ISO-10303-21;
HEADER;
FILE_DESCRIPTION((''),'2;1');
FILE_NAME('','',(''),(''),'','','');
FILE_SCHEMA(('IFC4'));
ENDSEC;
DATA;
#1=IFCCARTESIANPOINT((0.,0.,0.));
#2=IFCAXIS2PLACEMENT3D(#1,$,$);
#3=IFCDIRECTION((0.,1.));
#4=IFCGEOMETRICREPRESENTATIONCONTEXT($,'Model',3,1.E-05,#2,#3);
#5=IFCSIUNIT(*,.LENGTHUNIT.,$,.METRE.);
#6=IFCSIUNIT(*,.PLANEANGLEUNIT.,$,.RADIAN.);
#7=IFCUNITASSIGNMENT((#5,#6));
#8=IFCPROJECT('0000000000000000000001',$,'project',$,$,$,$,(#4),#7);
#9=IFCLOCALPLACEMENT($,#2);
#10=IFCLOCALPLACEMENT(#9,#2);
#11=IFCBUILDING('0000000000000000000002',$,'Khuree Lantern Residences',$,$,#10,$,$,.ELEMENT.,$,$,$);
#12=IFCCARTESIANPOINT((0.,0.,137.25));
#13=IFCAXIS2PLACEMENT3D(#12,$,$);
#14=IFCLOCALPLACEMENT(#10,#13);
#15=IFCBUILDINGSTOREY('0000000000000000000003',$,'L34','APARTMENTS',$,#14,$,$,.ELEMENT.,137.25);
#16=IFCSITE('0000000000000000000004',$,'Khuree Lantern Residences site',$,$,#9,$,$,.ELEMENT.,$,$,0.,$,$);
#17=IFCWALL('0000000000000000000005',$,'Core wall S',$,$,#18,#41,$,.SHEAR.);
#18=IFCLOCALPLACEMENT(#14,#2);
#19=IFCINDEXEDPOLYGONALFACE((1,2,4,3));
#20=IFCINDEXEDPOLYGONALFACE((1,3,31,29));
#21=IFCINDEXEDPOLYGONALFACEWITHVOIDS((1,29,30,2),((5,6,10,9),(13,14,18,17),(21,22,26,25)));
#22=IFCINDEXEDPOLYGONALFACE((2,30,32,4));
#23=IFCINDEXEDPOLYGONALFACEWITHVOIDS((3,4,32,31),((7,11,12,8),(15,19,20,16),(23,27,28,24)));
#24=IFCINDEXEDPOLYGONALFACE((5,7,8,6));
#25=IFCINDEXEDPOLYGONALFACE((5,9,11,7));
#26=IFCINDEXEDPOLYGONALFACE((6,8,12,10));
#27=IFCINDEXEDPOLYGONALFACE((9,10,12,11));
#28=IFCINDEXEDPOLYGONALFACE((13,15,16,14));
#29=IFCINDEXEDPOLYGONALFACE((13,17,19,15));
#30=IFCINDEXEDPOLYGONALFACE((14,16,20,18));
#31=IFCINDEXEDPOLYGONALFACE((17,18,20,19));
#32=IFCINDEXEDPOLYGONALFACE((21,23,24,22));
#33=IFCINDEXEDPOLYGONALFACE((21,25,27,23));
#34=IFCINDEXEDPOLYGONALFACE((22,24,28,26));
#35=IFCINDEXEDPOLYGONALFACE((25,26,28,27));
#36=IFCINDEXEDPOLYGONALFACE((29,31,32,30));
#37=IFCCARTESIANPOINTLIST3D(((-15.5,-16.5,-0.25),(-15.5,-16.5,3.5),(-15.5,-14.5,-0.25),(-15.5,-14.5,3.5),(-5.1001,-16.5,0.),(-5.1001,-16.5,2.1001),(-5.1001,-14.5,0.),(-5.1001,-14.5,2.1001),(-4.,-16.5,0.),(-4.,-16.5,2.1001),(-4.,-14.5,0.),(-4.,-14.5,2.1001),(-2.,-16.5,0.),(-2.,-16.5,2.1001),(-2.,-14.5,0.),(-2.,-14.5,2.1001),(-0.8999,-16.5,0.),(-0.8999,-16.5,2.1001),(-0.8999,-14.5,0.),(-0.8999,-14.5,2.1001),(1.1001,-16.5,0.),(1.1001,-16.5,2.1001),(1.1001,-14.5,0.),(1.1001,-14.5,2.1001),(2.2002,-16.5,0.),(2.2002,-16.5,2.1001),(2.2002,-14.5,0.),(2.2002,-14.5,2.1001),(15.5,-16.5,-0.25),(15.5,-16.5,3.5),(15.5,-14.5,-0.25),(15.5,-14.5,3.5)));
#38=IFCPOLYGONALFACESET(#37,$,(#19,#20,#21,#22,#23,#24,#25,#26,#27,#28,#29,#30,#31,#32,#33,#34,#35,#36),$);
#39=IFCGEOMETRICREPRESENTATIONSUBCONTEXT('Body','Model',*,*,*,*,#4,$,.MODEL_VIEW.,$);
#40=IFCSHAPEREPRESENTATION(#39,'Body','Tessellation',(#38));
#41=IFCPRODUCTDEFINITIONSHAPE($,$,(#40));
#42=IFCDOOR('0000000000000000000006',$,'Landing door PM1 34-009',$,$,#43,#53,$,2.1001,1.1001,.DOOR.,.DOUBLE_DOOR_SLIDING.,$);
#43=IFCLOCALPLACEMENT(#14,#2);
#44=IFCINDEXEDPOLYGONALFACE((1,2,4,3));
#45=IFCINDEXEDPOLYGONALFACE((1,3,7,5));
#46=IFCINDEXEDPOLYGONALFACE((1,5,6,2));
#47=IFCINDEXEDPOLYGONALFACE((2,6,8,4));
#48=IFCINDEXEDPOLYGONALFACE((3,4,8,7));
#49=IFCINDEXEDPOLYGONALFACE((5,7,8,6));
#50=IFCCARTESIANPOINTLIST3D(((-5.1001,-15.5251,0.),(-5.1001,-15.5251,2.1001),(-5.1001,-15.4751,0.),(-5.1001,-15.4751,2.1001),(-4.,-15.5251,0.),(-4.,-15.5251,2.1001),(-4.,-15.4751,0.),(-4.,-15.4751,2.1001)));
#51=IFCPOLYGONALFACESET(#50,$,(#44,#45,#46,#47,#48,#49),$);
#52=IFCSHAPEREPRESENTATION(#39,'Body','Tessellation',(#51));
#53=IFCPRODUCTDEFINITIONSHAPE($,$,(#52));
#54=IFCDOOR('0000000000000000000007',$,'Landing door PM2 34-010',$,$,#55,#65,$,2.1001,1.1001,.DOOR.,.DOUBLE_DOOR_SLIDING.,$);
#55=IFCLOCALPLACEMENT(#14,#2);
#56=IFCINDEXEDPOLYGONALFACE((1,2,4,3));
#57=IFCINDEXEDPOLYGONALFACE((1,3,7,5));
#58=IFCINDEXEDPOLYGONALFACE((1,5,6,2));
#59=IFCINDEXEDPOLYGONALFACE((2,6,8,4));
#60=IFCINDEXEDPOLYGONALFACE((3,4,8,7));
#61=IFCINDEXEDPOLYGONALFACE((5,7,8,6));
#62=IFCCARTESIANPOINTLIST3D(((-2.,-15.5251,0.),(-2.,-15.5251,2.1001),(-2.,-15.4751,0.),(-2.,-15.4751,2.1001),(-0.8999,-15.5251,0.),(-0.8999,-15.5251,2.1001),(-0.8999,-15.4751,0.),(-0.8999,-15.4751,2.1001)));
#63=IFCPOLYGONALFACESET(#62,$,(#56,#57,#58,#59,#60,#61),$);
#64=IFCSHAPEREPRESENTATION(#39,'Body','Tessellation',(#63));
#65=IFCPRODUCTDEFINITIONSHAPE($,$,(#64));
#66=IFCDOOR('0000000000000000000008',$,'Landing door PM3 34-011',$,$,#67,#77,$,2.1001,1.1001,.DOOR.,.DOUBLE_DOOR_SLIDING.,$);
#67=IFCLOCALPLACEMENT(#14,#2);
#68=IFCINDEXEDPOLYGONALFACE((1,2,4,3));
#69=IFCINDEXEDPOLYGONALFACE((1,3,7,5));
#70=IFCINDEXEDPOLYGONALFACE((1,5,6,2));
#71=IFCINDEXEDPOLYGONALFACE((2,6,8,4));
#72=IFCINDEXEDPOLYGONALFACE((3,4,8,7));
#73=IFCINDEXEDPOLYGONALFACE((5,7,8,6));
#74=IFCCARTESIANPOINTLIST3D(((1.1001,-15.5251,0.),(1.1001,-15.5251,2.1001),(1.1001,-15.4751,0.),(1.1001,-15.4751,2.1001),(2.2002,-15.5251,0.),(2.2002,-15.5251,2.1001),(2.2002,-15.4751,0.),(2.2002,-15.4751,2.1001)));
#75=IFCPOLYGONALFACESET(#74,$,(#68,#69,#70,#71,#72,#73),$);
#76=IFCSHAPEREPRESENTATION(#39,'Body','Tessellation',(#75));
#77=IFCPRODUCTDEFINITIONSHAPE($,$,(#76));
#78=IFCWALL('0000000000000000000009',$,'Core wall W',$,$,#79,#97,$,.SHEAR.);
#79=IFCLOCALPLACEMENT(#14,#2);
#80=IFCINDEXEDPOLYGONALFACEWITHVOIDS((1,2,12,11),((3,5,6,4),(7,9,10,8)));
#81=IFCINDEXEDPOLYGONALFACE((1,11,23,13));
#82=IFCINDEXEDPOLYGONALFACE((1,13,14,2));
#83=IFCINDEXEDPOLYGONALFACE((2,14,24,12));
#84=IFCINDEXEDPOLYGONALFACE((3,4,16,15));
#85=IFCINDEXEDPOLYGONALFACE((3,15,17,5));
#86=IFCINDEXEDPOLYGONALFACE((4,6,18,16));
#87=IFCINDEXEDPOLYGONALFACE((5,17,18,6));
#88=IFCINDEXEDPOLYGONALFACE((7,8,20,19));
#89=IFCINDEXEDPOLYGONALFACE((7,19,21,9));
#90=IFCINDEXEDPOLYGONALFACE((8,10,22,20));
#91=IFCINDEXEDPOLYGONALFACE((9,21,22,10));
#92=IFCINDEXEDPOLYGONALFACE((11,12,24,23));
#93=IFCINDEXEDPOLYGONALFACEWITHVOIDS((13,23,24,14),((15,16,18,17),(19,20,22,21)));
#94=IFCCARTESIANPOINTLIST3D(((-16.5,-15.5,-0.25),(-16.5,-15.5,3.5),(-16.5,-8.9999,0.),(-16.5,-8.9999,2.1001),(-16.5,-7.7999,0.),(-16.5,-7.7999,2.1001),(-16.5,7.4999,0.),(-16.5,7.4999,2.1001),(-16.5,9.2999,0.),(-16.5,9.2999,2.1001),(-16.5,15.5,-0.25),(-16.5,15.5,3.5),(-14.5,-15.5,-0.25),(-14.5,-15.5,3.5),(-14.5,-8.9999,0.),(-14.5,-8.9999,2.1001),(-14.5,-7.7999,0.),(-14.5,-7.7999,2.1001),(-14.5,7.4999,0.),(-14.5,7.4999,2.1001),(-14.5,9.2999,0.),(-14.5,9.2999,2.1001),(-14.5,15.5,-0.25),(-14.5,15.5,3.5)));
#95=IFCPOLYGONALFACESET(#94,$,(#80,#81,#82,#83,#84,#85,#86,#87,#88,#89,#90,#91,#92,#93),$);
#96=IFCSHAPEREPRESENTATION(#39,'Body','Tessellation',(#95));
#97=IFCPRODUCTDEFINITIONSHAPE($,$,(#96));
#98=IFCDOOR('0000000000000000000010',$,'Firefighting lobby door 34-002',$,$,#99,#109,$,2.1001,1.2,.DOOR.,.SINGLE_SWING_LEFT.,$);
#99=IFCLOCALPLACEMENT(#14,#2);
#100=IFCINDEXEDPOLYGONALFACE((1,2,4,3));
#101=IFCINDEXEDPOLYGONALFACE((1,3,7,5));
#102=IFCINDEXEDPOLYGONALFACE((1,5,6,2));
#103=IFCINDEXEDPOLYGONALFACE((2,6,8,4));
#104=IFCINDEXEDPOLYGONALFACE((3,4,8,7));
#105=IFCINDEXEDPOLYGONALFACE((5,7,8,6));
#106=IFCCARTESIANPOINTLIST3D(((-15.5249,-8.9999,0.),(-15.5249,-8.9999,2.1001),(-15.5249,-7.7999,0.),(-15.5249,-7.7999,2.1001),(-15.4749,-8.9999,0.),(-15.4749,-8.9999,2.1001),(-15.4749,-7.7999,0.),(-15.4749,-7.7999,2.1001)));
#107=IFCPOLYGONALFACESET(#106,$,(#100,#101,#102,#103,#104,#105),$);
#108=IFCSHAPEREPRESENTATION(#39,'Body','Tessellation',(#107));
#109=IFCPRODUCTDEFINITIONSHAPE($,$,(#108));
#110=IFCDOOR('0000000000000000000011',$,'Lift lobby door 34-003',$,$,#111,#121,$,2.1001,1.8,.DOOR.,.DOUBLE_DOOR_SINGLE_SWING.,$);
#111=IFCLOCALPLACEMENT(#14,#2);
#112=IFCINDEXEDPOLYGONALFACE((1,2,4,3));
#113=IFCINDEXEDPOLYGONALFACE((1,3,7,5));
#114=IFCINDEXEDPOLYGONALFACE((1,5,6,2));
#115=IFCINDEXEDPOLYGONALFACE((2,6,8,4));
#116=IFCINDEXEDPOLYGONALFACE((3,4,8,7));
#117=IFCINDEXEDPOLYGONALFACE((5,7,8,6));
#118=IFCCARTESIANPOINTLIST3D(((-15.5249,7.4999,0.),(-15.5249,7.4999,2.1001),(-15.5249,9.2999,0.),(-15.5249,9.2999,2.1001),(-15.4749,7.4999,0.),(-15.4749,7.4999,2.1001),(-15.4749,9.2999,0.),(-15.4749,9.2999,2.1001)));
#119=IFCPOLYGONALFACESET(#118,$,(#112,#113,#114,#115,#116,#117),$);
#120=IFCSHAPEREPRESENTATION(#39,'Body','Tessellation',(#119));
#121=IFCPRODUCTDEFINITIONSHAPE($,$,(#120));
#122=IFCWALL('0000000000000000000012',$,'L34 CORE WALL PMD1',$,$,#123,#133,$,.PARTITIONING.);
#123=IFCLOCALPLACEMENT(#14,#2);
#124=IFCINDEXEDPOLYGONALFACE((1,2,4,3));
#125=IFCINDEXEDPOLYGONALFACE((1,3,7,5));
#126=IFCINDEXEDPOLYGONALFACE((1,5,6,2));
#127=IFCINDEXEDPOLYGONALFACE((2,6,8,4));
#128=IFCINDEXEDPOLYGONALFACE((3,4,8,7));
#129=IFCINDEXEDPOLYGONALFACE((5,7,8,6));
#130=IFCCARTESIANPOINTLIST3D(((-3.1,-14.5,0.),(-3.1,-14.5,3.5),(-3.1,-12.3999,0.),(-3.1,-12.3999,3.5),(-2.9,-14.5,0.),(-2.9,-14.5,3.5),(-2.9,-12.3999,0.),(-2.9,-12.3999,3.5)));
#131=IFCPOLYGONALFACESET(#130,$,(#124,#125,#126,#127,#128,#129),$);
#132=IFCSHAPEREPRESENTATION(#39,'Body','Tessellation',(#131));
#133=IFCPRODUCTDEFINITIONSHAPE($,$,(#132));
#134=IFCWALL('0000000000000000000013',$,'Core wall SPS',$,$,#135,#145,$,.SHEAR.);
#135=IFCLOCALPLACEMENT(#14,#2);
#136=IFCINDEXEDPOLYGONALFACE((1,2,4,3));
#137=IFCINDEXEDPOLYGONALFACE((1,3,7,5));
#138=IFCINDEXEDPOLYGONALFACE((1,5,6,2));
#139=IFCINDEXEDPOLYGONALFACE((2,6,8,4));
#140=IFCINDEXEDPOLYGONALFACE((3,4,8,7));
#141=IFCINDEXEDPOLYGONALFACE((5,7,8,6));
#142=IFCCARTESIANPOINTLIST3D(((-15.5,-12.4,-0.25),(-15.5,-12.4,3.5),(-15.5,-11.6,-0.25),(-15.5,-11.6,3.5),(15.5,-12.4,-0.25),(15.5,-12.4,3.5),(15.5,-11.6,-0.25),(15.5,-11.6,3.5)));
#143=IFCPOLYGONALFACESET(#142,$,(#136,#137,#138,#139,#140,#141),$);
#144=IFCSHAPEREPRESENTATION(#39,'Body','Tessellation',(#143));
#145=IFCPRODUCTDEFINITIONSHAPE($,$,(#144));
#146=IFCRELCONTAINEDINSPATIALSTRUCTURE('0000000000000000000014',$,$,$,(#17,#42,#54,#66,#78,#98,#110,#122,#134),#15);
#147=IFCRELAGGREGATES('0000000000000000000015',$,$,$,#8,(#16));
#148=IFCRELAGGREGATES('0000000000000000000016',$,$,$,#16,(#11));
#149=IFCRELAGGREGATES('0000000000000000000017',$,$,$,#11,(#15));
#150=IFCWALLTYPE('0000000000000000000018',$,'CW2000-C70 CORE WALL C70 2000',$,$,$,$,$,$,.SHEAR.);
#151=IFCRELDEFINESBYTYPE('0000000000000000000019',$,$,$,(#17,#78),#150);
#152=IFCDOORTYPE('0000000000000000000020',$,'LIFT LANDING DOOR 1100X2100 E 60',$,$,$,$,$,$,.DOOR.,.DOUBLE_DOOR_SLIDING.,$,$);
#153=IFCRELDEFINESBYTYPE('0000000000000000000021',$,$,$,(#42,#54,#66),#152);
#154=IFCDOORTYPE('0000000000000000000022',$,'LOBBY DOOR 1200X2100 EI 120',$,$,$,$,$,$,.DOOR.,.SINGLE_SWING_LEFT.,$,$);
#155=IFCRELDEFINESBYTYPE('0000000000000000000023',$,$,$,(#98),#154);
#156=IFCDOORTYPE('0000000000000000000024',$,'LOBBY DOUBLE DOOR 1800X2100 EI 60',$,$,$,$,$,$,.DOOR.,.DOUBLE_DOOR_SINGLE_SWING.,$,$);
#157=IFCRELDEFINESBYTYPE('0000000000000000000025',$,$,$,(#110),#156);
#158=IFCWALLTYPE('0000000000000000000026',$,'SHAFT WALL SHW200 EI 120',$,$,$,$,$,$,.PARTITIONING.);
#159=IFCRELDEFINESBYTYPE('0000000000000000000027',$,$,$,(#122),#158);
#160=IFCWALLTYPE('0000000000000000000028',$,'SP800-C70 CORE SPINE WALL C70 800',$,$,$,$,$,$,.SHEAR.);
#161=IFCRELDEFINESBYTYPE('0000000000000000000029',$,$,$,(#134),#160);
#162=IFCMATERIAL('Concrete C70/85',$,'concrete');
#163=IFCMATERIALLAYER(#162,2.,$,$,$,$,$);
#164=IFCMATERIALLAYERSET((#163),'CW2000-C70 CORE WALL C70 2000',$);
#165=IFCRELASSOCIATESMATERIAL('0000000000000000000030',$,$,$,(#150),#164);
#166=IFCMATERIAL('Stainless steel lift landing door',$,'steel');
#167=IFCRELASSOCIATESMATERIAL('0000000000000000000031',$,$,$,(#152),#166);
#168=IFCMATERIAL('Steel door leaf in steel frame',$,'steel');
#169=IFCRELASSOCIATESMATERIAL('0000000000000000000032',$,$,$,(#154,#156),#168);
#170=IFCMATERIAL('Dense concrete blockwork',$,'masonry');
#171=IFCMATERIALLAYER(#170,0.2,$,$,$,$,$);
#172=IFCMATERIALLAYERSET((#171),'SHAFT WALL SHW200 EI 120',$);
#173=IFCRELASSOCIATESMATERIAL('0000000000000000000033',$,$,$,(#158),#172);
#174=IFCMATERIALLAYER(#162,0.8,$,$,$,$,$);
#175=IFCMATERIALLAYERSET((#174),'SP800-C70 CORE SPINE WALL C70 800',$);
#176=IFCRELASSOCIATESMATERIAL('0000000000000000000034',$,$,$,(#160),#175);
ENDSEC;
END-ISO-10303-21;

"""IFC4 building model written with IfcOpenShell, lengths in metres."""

from ifc_helpers import new_model, si_unit, direction, frame, frame_2d, origin, place, context, subcontext, project, spatial, rectangle, extrude, material, layer, layer_set, type_object, element, fill, save


model = new_model("IFC4")

# Units and contexts
model_context = context("Model", 3, precision=1e-05, world=origin(), true_north=direction((0.0, 1.0)))
body_context = subcontext(model_context, "Body", "Model", "MODEL_VIEW")
ifc_project = project(units=[si_unit("LENGTHUNIT", "METRE"), si_unit("PLANEANGLEUNIT", "RADIAN")], contexts=[model_context])

# Site, building, storey
site_placement = place(None, origin())
site = spatial("IfcSite", under=ifc_project, at=site_placement, Name="Khuree Lantern Residences site", CompositionType="ELEMENT", RefElevation=0.0)
building_placement = place(site_placement, origin())
building = spatial("IfcBuilding", under=site, at=building_placement, Name="Khuree Lantern Residences", CompositionType="ELEMENT")
storey_placement = place(building_placement, frame((0.0, 0.0, 137.25)))
storey = spatial("IfcBuildingStorey", under=building, at=storey_placement, Name="L34", Description="APARTMENTS", CompositionType="ELEMENT", Elevation=137.25)

# Shared definitions
ifc_material_1 = material(Name="Concrete C70/85", Category="concrete")

# Shared definitions
ifc_material_2 = material(Name="Dense concrete blockwork", Category="masonry")
ifc_material_3 = material(Name="Stainless steel lift landing door", Category="steel")

# Walls, openings, doors
ifc_layer_1 = layer(ifc_material_1, 2.0)
ifc_layer_set_1 = layer_set([ifc_layer_1], Name="CW2000-C70 CORE WALL C70 2000")
wall_type_1 = type_object("IfcWallType", Name="CW2000-C70 CORE WALL C70 2000", PredefinedType="SHEAR", material=ifc_layer_set_1)
wall_1_placement = place(storey_placement, frame((-15.5, -15.5, -0.25), z_axis=(0.0, 0.0, 1.0), x_axis=(1.0, 0.0, 0.0)))
wall_1 = element("IfcWall", 1, at=wall_1_placement, inside=storey, type_object=wall_type_1, Name="Core wall S", PredefinedType="SHEAR", context=body_context, shape_type="SweptSolid", body=[
    extrude(rectangle(XDim=31.0, YDim=2.0, at=frame_2d((15.5, 0.0))), origin(), (0.0, 0.0, 1.0), 3.75),
])
opening_1_placement = place(wall_1_placement, frame((10.3999, 0.0, 0.25)))
opening_1 = element("IfcOpeningElement", 2, at=opening_1_placement, cuts=wall_1, PredefinedType="OPENING", context=body_context, shape_type="SweptSolid", body=[
    extrude(rectangle(XDim=1.1001, YDim=2.1001, at=frame_2d((0.55, 1.05))), frame((0.0, 1.01, 0.0), z_axis=(0.0, -1.0, 0.0), x_axis=(1.0, 0.0, 0.0)), (0.0, 0.0, 1.0), 2.02),
])
opening_2_placement = place(wall_1_placement, frame((13.5, 0.0, 0.25)))
opening_2 = element("IfcOpeningElement", 3, at=opening_2_placement, cuts=wall_1, PredefinedType="OPENING", context=body_context, shape_type="SweptSolid", body=[
    extrude(rectangle(XDim=1.1001, YDim=2.1001, at=frame_2d((0.55, 1.05))), frame((0.0, 1.01, 0.0), z_axis=(0.0, -1.0, 0.0), x_axis=(1.0, 0.0, 0.0)), (0.0, 0.0, 1.0), 2.02),
])
opening_3_placement = place(wall_1_placement, frame((16.6001, 0.0, 0.25)))
opening_3 = element("IfcOpeningElement", 4, at=opening_3_placement, cuts=wall_1, PredefinedType="OPENING", context=body_context, shape_type="SweptSolid", body=[
    extrude(rectangle(XDim=1.1001, YDim=2.1001, at=frame_2d((0.55, 1.05))), frame((0.0, 1.01, 0.0), z_axis=(0.0, -1.0, 0.0), x_axis=(1.0, 0.0, 0.0)), (0.0, 0.0, 1.0), 2.02),
])
door_type_1 = type_object("IfcDoorType", Name="LIFT LANDING DOOR 1100X2100 E 60", OperationType="DOUBLE_DOOR_SLIDING", PredefinedType="DOOR", material=ifc_material_3)
door_1_placement = place(opening_1_placement, origin())
door_1 = element("IfcDoor", 5, at=door_1_placement, inside=storey, type_object=door_type_1, Name="Landing door PM1 34-009", OperationType="DOUBLE_DOOR_SLIDING", OverallHeight=2.1001, OverallWidth=1.1001, PredefinedType="DOOR", context=body_context, shape_type="SweptSolid", body=[
    extrude(rectangle(XDim=1.1001, YDim=2.1001, at=frame_2d((0.55, 1.05))), frame((0.0, 0.0249, 0.0), z_axis=(0.0, -1.0, 0.0), x_axis=(1.0, 0.0, 0.0)), (0.0, 0.0, 1.0), 0.05),
])
fill(opening_1, door_1)
door_2_placement = place(opening_2_placement, origin())
door_2 = element("IfcDoor", 6, at=door_2_placement, inside=storey, type_object=door_type_1, Name="Landing door PM2 34-010", OperationType="DOUBLE_DOOR_SLIDING", OverallHeight=2.1001, OverallWidth=1.1001, PredefinedType="DOOR", context=body_context, shape_type="SweptSolid", body=[
    extrude(rectangle(XDim=1.1001, YDim=2.1001, at=frame_2d((0.55, 1.05))), frame((0.0, 0.0249, 0.0), z_axis=(0.0, -1.0, 0.0), x_axis=(1.0, 0.0, 0.0)), (0.0, 0.0, 1.0), 0.05),
])
fill(opening_2, door_2)
door_3_placement = place(opening_3_placement, origin())
door_3 = element("IfcDoor", 7, at=door_3_placement, inside=storey, type_object=door_type_1, Name="Landing door PM3 34-011", OperationType="DOUBLE_DOOR_SLIDING", OverallHeight=2.1001, OverallWidth=1.1001, PredefinedType="DOOR", context=body_context, shape_type="SweptSolid", body=[
    extrude(rectangle(XDim=1.1001, YDim=2.1001, at=frame_2d((0.55, 1.05))), frame((0.0, 0.0249, 0.0), z_axis=(0.0, -1.0, 0.0), x_axis=(1.0, 0.0, 0.0)), (0.0, 0.0, 1.0), 0.05),
])
fill(opening_3, door_3)
wall_2_placement = place(storey_placement, frame((-15.5, -15.5, -0.25), z_axis=(0.0, 0.0, 1.0), x_axis=(0.0, 1.0, 0.0)))
wall_2 = element("IfcWall", 8, at=wall_2_placement, inside=storey, type_object=wall_type_1, Name="Core wall W", PredefinedType="SHEAR", context=body_context, shape_type="SweptSolid", body=[
    extrude(rectangle(XDim=31.0, YDim=2.0, at=frame_2d((15.5, 0.0))), origin(), (0.0, 0.0, 1.0), 3.75),
])
opening_4_placement = place(wall_2_placement, frame((6.5, 0.0, 0.25)))
opening_4 = element("IfcOpeningElement", 9, at=opening_4_placement, cuts=wall_2, PredefinedType="OPENING", context=body_context, shape_type="SweptSolid", body=[
    extrude(rectangle(XDim=1.2, YDim=2.1001, at=frame_2d((0.6001, 1.05))), frame((0.0, 1.01, 0.0), z_axis=(0.0, -1.0, 0.0), x_axis=(1.0, 0.0, 0.0)), (0.0, 0.0, 1.0), 2.02),
])
opening_5_placement = place(wall_2_placement, frame((23.0, 0.0, 0.25)))
opening_5 = element("IfcOpeningElement", 10, at=opening_5_placement, cuts=wall_2, PredefinedType="OPENING", context=body_context, shape_type="SweptSolid", body=[
    extrude(rectangle(XDim=1.8, YDim=2.1001, at=frame_2d((0.8999, 1.05))), frame((0.0, 1.01, 0.0), z_axis=(0.0, -1.0, 0.0), x_axis=(1.0, 0.0, 0.0)), (0.0, 0.0, 1.0), 2.02),
])
ifc_material_4 = material(Name="Steel door leaf in steel frame", Category="steel")
door_type_2 = type_object("IfcDoorType", Name="LOBBY DOOR 1200X2100 EI 120", OperationType="SINGLE_SWING_LEFT", PredefinedType="DOOR", material=ifc_material_4)
door_4_placement = place(opening_4_placement, origin())
door_4 = element("IfcDoor", 11, at=door_4_placement, inside=storey, type_object=door_type_2, Name="Firefighting lobby door 34-002", OperationType="SINGLE_SWING_LEFT", OverallHeight=2.1001, OverallWidth=1.2, PredefinedType="DOOR", context=body_context, shape_type="SweptSolid", body=[
    extrude(rectangle(XDim=1.2, YDim=2.1001, at=frame_2d((0.6001, 1.05))), frame((0.0, 0.0249, 0.0), z_axis=(0.0, -1.0, 0.0), x_axis=(1.0, 0.0, 0.0)), (0.0, 0.0, 1.0), 0.05),
])
fill(opening_4, door_4)
door_type_3 = type_object("IfcDoorType", Name="LOBBY DOUBLE DOOR 1800X2100 EI 60", OperationType="DOUBLE_DOOR_SINGLE_SWING", PredefinedType="DOOR", material=ifc_material_4)
door_5_placement = place(opening_5_placement, origin())
door_5 = element("IfcDoor", 12, at=door_5_placement, inside=storey, type_object=door_type_3, Name="Lift lobby door 34-003", OperationType="DOUBLE_DOOR_SINGLE_SWING", OverallHeight=2.1001, OverallWidth=1.8, PredefinedType="DOOR", context=body_context, shape_type="SweptSolid", body=[
    extrude(rectangle(XDim=1.8, YDim=2.1001, at=frame_2d((0.8999, 1.05))), frame((0.0, 0.0249, 0.0), z_axis=(0.0, -1.0, 0.0), x_axis=(1.0, 0.0, 0.0)), (0.0, 0.0, 1.0), 0.05),
])
fill(opening_5, door_5)

# Walls
ifc_layer_2 = layer(ifc_material_2, 0.2)
ifc_layer_set_2 = layer_set([ifc_layer_2], Name="SHAFT WALL SHW200 EI 120")
wall_type_2 = type_object("IfcWallType", Name="SHAFT WALL SHW200 EI 120", PredefinedType="PARTITIONING", material=ifc_layer_set_2)
wall_3_placement = place(storey_placement, frame((-3.0, -14.5, 0.0), z_axis=(0.0, 0.0, 1.0), x_axis=(0.0, 1.0, 0.0)))
element("IfcWall", 13, at=wall_3_placement, inside=storey, type_object=wall_type_2, Name="L34 CORE WALL PMD1", PredefinedType="PARTITIONING", context=body_context, shape_type="SweptSolid", body=[
    extrude(rectangle(XDim=2.1001, YDim=0.2, at=frame_2d((1.05, 0.0))), origin(), (0.0, 0.0, 1.0), 3.5),
])
ifc_layer_3 = layer(ifc_material_1, 0.8)
ifc_layer_set_3 = layer_set([ifc_layer_3], Name="SP800-C70 CORE SPINE WALL C70 800")
wall_type_3 = type_object("IfcWallType", Name="SP800-C70 CORE SPINE WALL C70 800", PredefinedType="SHEAR", material=ifc_layer_set_3)
wall_4_placement = place(storey_placement, frame((-15.5, -12.0, -0.25), z_axis=(0.0, 0.0, 1.0), x_axis=(1.0, 0.0, 0.0)))
element("IfcWall", 14, at=wall_4_placement, inside=storey, type_object=wall_type_3, Name="Core wall SPS", PredefinedType="SHEAR", context=body_context, shape_type="SweptSolid", body=[
    extrude(rectangle(XDim=31.0, YDim=0.8, at=frame_2d((15.5, 0.0))), origin(), (0.0, 0.0, 1.0), 3.75),
])

save(model, "model.ifc")
